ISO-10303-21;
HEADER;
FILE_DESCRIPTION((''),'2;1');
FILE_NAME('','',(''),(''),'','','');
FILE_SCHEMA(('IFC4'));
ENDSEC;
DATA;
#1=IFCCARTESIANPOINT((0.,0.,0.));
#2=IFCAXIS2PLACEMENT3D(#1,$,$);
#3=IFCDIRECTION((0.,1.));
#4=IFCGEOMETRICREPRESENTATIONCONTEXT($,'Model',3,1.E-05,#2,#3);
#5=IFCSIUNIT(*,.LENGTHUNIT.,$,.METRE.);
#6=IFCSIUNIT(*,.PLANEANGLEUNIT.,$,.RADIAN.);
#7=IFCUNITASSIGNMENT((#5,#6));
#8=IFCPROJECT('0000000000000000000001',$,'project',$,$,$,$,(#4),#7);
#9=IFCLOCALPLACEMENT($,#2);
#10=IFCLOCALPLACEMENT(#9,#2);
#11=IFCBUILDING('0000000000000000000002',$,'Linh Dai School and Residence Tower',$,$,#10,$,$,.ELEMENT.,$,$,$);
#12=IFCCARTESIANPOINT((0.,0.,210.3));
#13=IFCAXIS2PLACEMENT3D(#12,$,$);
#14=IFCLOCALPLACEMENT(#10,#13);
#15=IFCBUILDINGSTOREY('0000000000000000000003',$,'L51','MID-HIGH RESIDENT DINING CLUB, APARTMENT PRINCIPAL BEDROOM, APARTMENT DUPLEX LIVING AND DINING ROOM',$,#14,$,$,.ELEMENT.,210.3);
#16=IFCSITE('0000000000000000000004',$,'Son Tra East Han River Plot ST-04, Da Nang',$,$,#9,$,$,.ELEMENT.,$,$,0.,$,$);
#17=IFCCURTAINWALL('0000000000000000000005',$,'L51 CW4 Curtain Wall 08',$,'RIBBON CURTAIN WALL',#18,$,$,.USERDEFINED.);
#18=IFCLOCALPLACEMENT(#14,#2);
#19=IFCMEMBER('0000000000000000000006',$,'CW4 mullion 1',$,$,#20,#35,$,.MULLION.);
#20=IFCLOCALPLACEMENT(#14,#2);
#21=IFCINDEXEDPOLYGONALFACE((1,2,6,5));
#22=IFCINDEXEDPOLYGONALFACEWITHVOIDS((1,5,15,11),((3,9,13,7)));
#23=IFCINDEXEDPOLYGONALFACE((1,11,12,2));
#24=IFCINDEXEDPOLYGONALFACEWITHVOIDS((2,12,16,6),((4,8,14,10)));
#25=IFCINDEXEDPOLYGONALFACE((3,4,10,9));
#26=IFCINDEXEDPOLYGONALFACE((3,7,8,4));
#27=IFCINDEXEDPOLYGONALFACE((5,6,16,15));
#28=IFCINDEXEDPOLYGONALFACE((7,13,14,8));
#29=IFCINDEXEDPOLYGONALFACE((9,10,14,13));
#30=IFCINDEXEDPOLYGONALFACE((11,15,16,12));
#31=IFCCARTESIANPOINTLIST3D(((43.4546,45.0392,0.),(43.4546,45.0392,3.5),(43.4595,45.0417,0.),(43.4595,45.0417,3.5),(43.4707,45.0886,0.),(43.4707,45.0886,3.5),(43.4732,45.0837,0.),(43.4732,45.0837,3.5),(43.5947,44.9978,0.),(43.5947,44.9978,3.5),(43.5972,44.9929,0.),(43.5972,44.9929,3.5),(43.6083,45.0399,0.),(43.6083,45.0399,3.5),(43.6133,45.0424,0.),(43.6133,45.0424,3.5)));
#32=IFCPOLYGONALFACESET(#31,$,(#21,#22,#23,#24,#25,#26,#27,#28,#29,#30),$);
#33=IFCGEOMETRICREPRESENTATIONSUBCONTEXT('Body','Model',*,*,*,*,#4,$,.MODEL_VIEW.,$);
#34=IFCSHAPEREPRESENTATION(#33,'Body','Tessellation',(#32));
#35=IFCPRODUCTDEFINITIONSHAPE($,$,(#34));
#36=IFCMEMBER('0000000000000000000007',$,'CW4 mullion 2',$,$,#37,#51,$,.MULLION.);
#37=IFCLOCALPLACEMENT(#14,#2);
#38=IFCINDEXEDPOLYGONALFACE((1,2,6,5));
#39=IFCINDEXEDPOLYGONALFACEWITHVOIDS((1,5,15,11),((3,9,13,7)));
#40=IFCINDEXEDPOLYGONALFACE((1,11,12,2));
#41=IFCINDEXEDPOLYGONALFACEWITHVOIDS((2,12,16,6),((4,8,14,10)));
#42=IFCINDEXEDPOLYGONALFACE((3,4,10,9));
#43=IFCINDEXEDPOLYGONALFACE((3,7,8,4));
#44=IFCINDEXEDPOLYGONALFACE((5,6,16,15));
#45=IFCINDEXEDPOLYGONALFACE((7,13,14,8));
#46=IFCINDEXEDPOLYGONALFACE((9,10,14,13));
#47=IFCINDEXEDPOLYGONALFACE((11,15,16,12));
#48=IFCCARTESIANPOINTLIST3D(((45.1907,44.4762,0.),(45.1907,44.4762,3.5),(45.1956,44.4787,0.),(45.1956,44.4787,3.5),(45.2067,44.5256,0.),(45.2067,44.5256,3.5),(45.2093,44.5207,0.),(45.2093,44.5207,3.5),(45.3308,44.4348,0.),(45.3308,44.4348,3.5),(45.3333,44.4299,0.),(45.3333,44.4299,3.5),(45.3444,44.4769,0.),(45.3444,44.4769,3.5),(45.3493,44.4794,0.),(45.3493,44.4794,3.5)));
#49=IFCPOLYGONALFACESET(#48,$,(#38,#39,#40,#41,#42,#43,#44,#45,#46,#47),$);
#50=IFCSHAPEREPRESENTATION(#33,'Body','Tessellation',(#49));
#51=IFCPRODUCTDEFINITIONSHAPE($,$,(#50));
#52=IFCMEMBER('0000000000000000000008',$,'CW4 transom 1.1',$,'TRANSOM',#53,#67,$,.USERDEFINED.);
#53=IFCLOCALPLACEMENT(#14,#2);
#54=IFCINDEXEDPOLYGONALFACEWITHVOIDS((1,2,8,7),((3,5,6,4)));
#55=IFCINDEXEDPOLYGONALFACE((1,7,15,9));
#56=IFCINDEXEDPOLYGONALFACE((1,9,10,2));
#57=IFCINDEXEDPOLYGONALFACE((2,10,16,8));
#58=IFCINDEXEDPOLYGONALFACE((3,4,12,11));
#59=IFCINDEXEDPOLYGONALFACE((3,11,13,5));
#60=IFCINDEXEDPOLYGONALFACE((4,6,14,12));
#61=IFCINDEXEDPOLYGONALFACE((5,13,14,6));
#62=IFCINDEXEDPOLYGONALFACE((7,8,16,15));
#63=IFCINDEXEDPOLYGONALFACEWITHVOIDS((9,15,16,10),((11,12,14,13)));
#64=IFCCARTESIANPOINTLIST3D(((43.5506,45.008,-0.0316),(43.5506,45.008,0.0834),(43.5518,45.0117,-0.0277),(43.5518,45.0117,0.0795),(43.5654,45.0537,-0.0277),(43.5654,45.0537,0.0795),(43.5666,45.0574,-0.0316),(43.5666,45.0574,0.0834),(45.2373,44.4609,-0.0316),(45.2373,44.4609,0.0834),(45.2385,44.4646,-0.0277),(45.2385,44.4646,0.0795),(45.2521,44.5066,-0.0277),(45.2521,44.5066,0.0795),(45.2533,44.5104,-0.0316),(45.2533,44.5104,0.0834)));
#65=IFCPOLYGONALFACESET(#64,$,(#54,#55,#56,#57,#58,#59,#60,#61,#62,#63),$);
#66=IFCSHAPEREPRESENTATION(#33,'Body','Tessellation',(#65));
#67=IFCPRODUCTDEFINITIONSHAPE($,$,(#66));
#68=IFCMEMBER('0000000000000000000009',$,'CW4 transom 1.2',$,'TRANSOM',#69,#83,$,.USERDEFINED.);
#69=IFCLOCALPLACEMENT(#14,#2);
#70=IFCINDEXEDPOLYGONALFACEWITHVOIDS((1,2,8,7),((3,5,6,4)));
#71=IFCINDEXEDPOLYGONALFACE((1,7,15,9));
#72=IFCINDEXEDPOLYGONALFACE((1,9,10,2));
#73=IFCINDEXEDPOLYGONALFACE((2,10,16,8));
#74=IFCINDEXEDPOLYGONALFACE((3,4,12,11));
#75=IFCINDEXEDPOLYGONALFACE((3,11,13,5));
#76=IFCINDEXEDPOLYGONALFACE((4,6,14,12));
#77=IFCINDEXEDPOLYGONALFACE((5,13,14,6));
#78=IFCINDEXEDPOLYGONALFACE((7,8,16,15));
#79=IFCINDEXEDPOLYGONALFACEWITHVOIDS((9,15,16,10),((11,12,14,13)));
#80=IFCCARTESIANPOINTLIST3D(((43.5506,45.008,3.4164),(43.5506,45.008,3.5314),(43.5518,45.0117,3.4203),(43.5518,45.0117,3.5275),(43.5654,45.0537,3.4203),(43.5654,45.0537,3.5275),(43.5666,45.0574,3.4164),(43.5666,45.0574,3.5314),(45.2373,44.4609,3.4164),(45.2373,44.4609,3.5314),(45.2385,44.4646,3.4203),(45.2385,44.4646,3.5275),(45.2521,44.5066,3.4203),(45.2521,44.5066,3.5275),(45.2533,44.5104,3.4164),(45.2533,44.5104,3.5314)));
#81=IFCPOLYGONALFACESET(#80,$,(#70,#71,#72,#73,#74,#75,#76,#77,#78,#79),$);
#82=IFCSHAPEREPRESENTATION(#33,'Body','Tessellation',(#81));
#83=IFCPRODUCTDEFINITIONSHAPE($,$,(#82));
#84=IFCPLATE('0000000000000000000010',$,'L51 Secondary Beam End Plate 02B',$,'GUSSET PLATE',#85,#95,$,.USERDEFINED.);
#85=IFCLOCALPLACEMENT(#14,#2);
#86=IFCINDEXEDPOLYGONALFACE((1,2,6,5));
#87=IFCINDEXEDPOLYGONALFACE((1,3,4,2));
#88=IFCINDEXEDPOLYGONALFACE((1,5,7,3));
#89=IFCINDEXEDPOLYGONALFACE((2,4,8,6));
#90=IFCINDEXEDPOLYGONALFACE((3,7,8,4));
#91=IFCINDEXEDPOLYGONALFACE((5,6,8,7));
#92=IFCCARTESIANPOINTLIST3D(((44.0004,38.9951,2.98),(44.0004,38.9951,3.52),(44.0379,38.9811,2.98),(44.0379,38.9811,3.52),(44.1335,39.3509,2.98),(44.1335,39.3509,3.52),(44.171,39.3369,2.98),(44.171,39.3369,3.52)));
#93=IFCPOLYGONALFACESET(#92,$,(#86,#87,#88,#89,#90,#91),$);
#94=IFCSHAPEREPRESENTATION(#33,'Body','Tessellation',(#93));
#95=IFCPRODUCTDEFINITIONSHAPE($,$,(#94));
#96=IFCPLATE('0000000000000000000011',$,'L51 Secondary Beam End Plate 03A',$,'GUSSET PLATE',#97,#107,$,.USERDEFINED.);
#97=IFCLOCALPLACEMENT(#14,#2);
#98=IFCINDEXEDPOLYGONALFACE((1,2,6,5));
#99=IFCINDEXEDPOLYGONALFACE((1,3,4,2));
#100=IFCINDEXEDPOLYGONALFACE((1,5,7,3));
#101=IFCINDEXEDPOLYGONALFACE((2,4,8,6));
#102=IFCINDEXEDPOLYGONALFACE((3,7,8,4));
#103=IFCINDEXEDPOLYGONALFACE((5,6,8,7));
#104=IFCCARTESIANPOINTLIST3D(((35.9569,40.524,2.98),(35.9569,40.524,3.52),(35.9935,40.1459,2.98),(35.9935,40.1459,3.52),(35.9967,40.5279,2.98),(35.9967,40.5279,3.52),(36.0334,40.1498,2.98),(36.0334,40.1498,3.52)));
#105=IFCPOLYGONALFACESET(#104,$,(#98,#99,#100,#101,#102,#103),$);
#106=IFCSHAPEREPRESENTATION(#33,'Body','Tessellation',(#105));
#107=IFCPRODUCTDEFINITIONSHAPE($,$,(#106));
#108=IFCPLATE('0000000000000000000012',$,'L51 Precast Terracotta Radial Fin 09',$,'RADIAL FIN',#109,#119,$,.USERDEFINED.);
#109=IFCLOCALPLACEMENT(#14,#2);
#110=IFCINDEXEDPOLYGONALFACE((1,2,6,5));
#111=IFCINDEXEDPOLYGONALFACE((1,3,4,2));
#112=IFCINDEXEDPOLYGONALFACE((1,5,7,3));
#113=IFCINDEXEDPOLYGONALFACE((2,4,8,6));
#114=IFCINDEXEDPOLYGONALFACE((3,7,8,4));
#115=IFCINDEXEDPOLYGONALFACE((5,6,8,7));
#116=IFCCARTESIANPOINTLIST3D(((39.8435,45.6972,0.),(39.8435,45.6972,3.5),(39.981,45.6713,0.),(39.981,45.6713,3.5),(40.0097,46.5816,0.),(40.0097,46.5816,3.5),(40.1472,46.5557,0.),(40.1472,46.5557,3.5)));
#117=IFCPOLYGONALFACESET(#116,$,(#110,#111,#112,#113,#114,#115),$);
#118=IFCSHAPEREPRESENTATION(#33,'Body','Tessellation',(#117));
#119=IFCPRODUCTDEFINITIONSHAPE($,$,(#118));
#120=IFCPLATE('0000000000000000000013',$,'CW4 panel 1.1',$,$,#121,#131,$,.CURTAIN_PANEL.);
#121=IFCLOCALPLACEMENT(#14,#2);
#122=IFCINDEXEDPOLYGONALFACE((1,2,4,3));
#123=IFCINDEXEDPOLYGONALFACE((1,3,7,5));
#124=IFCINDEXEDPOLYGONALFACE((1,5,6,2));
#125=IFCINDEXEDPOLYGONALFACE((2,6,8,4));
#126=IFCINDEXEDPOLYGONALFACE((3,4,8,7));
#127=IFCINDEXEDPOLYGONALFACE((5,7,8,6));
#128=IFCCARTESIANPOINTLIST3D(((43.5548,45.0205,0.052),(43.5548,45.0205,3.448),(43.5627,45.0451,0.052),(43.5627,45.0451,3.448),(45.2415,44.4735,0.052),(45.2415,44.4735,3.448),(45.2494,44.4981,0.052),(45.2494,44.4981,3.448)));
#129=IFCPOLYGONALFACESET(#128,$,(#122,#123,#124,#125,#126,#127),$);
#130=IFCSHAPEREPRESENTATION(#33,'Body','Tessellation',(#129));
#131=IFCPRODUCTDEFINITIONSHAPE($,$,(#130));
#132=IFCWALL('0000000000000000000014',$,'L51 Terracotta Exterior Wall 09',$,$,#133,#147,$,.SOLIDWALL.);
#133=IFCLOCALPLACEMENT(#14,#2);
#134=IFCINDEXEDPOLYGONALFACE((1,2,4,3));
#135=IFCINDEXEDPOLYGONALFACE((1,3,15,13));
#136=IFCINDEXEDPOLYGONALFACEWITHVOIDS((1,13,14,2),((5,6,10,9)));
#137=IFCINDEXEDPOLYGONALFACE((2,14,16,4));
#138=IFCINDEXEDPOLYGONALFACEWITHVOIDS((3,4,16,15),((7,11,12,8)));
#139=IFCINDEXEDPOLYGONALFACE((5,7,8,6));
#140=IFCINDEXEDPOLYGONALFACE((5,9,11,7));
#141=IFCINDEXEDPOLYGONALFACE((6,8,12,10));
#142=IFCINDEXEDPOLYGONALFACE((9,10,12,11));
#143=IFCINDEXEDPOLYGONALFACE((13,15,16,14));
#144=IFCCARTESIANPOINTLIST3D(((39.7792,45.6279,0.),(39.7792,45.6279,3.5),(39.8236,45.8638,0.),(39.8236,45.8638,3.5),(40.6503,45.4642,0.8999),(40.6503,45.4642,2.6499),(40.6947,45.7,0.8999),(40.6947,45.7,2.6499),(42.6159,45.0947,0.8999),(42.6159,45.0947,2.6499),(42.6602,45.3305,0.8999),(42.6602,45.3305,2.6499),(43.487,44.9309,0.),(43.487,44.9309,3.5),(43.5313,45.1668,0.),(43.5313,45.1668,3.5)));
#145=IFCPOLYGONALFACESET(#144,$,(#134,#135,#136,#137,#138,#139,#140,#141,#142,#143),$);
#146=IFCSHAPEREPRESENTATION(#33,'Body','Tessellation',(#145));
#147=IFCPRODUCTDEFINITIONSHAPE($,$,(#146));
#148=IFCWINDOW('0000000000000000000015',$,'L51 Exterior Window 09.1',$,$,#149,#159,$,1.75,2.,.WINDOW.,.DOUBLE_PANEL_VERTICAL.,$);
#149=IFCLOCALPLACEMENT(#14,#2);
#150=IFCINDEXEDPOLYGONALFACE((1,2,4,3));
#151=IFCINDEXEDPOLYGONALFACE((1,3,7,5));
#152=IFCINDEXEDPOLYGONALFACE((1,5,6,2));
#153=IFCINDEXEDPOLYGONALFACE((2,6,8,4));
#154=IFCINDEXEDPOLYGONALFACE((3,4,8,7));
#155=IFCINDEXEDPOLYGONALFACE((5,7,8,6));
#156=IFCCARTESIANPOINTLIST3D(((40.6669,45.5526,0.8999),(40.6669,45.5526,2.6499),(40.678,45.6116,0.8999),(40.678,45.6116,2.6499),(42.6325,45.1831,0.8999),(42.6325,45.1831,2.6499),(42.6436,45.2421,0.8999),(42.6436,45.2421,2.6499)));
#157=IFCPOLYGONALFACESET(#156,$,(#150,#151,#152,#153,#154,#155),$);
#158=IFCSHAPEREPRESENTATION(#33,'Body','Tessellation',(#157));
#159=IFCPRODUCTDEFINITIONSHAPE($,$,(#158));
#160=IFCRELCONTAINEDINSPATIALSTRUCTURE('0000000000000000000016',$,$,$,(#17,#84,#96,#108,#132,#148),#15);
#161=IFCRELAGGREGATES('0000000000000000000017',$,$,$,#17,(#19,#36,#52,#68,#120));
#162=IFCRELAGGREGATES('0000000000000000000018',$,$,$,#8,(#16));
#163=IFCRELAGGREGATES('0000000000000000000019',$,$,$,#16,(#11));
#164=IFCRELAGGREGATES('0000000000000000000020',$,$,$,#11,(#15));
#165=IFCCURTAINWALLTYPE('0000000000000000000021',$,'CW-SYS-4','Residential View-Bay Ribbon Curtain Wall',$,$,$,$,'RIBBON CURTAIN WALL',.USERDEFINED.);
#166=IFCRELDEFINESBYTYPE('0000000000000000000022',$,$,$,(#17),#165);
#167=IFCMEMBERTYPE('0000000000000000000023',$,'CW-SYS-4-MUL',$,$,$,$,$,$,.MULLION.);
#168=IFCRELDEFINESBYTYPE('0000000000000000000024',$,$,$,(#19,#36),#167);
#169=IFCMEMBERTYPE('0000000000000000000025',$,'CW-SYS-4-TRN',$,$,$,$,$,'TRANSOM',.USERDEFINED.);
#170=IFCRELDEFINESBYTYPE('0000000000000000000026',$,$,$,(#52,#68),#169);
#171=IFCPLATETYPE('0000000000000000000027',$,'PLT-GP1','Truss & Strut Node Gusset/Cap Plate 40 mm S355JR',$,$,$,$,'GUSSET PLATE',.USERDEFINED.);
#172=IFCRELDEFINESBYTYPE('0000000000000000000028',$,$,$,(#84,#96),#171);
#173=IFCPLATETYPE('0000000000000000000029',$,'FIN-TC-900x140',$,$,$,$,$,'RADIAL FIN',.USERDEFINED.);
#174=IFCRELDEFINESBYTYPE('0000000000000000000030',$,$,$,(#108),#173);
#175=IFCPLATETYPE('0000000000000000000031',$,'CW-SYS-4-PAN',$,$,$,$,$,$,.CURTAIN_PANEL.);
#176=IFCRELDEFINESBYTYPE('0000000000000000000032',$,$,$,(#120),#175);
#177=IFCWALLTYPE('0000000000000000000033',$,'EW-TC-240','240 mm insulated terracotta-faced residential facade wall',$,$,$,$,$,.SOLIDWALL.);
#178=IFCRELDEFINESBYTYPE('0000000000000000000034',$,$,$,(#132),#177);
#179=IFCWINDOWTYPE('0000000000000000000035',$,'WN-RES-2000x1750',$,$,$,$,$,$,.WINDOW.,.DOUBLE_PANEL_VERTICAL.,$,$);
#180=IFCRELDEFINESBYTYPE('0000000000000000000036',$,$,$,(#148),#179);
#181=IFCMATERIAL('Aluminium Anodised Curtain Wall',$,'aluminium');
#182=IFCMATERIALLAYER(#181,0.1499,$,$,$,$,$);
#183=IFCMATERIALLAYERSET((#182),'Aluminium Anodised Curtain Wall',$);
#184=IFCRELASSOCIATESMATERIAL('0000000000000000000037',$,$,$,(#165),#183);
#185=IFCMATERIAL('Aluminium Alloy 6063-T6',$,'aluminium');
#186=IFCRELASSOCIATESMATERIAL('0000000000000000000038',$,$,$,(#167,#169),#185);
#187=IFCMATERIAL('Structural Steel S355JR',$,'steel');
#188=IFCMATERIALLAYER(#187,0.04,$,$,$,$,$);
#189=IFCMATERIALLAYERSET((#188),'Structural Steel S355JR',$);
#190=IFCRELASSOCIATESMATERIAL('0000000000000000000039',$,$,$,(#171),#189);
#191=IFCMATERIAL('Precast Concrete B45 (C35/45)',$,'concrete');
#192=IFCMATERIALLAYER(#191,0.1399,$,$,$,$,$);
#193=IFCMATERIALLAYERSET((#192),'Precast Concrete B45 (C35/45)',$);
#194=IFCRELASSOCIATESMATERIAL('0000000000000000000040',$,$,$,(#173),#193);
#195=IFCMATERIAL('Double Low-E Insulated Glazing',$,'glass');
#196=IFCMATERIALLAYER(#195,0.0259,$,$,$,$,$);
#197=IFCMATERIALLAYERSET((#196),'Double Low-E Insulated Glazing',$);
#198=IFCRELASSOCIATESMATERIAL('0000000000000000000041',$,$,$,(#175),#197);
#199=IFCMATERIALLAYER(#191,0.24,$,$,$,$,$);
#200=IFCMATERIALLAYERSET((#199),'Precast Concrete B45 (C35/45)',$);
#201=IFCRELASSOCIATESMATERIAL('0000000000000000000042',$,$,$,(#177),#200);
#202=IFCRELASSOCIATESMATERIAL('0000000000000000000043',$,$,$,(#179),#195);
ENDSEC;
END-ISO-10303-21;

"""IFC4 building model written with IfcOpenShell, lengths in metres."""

from ifc_helpers import new_model, si_unit, direction, frame, frame_2d, origin, origin_2d, place, context, subcontext, project, spatial, rectangle, hollow_rectangle, extrude, source, transform, mapped, material, layer, layer_set, material_profile, profile_set, type_object, element, fill, aggregate, save


model = new_model("IFC4")

# Units and contexts
model_context = context("Model", 3, precision=1e-05, world=origin(), true_north=direction((0.0, 1.0)))
body_context = subcontext(model_context, "Body", "Model", "MODEL_VIEW")
ifc_project = project(units=[si_unit("LENGTHUNIT", "METRE"), si_unit("PLANEANGLEUNIT", "RADIAN")], contexts=[model_context])

# Site, building, storey
site_placement = place(None, origin())
site = spatial("IfcSite", under=ifc_project, at=site_placement, Name="Son Tra East Han River Plot ST-04, Da Nang", CompositionType="ELEMENT", RefElevation=0.0)
building_placement = place(site_placement, origin())
building = spatial("IfcBuilding", under=site, at=building_placement, Name="Linh Dai School and Residence Tower", CompositionType="ELEMENT")
storey_placement = place(building_placement, frame((0.0, 0.0, 210.3)))
storey = spatial("IfcBuildingStorey", under=building, at=storey_placement, Name="L51", Description="MID-HIGH RESIDENT DINING CLUB, APARTMENT PRINCIPAL BEDROOM, APARTMENT DUPLEX LIVING AND DINING ROOM", CompositionType="ELEMENT", Elevation=210.3)

# Shared definitions
ifc_material_1 = material(Name="Structural Steel S355JR", Category="steel")

# Curtain wall, members
ifc_material_2 = material(Name="Aluminium Anodised Curtain Wall", Category="aluminium")
ifc_layer_1 = layer(ifc_material_2, 0.1499)
ifc_layer_set_1 = layer_set([ifc_layer_1], Name="Aluminium Anodised Curtain Wall")
curtain_wall_type = type_object("IfcCurtainWallType", Name="CW-SYS-4", Description="Residential View-Bay Ribbon Curtain Wall", ElementType="RIBBON CURTAIN WALL", PredefinedType="USERDEFINED", material=ifc_layer_set_1)
curtain_wall_placement = place(storey_placement, origin())
curtain_wall = element("IfcCurtainWall", 1, at=curtain_wall_placement, inside=storey, type_object=curtain_wall_type, Name="L51 CW4 Curtain Wall 08", ObjectType="RIBBON CURTAIN WALL", PredefinedType="USERDEFINED")
ifc_material_3 = material(Name="Aluminium Alloy 6063-T6", Category="aluminium")
ifc_material_profile_1 = material_profile(ifc_material_3, hollow_rectangle(XDim=0.052, YDim=0.1499, WallThickness=0.0039, at=origin_2d()), Name="RHS 150x52x4")
ifc_profile_set_1 = profile_set([ifc_material_profile_1], Name="Aluminium Alloy 6063-T6")
member_type_1 = type_object("IfcMemberType", Name="CW-SYS-4-MUL", PredefinedType="MULLION", material=ifc_profile_set_1)
shared_shape_1 = source(origin(), body_context, "Body", "SweptSolid", [
    extrude(hollow_rectangle(XDim=0.052, YDim=0.1499, WallThickness=0.0039, at=origin_2d()), origin(), (0.0, 0.0, 1.0), 3.5),
])
member_1_placement = place(storey_placement, frame((43.5339, 45.0408, 0.0), z_axis=(0.0, 0.0, 1.0), x_axis=(0.308501, 0.951224, 0.0)))
member_1 = element("IfcMember", 2, at=member_1_placement, type_object=member_type_1, Name="CW4 mullion 1", PredefinedType="MULLION", context=body_context, shape_type="MappedRepresentation", body=[
    mapped(shared_shape_1, transform((0.0, 0.0, 0.0), x_axis=(1.0, 0.0, 0.0), y_axis=(0.0, 1.0, 0.0), z_axis=(0.0, 0.0, 1.0), scale=1.0)),
])
member_2_placement = place(storey_placement, frame((45.27, 44.4778, 0.0), z_axis=(0.0, 0.0, 1.0), x_axis=(0.308501, 0.951224, 0.0)))
member_2 = element("IfcMember", 3, at=member_2_placement, type_object=member_type_1, Name="CW4 mullion 2", PredefinedType="MULLION", context=body_context, shape_type="MappedRepresentation", body=[
    mapped(shared_shape_1, transform((0.0, 0.0, 0.0), x_axis=(1.0, 0.0, 0.0), y_axis=(0.0, 1.0, 0.0), z_axis=(0.0, 0.0, 1.0), scale=1.0)),
])
ifc_material_profile_2 = material_profile(ifc_material_3, hollow_rectangle(XDim=0.052, YDim=0.115, WallThickness=0.0039, at=origin_2d()), Name="RHS 115x52x4")
ifc_profile_set_2 = profile_set([ifc_material_profile_2], Name="Aluminium Alloy 6063-T6")
member_type_2 = type_object("IfcMemberType", Name="CW-SYS-4-TRN", ElementType="TRANSOM", PredefinedType="USERDEFINED", material=ifc_profile_set_2)
shared_shape_2 = source(origin(), body_context, "Body", "SweptSolid", [
    extrude(hollow_rectangle(XDim=0.052, YDim=0.115, WallThickness=0.0039, at=origin_2d()), origin(), (0.0, 0.0, 1.0), 1.7732),
])
member_3_placement = place(storey_placement, frame((43.5586, 45.0327, 0.0259), z_axis=(0.951213, -0.308535, 0.0), x_axis=(0.308535, 0.951213, 0.0)))
member_3 = element("IfcMember", 4, at=member_3_placement, type_object=member_type_2, Name="CW4 transom 1.1", ObjectType="TRANSOM", PredefinedType="USERDEFINED", context=body_context, shape_type="MappedRepresentation", body=[
    mapped(shared_shape_2, transform((0.0, 0.0, 0.0), x_axis=(1.0, 0.0, 0.0), y_axis=(0.0, 1.0, 0.0), z_axis=(0.0, 0.0, 1.0), scale=1.0)),
])
member_4_placement = place(storey_placement, frame((43.5586, 45.0327, 3.4739), z_axis=(0.951213, -0.308535, 0.0), x_axis=(0.308535, 0.951213, 0.0)))
member_4 = element("IfcMember", 5, at=member_4_placement, type_object=member_type_2, Name="CW4 transom 1.2", ObjectType="TRANSOM", PredefinedType="USERDEFINED", context=body_context, shape_type="MappedRepresentation", body=[
    mapped(shared_shape_2, transform((0.0, 0.0, 0.0), x_axis=(1.0, 0.0, 0.0), y_axis=(0.0, 1.0, 0.0), z_axis=(0.0, 0.0, 1.0), scale=1.0)),
])

# Plates
ifc_layer_2 = layer(ifc_material_1, 0.04)
ifc_layer_set_2 = layer_set([ifc_layer_2], Name="Structural Steel S355JR")
plate_type_1 = type_object("IfcPlateType", Name="PLT-GP1", Description="Truss & Strut Node Gusset/Cap Plate 40 mm S355JR", ElementType="GUSSET PLATE", PredefinedType="USERDEFINED", material=ifc_layer_set_2)
shared_shape_3 = source(origin(), body_context, "Body", "SweptSolid", [
    extrude(rectangle(XDim=0.04, YDim=0.3799, at=origin_2d()), origin(), (0.0, 0.0, 1.0), 0.54),
])
for number, where, z_axis, x_axis, name in (
    (6, (44.0857, 39.166, 2.98), (0.0, 0.0, 1.0), (-0.936534, 0.350577, 0.0), "L51 Secondary Beam End Plate 02B"),
    (7, (35.9951, 40.3369, 2.98), (0.0, 0.0, 1.0), (-0.995333, -0.096497, 0.0), "L51 Secondary Beam End Plate 03A"),
):
    element("IfcPlate", number, at=place(storey_placement, frame(where, z_axis=z_axis, x_axis=x_axis)), inside=storey, type_object=plate_type_1, Name=name, ObjectType="GUSSET PLATE", PredefinedType="USERDEFINED", context=body_context, shape_type="MappedRepresentation", body=[
        mapped(shared_shape_3, transform((0.0, 0.0, 0.0), x_axis=(1.0, 0.0, 0.0), y_axis=(0.0, 1.0, 0.0), z_axis=(0.0, 0.0, 1.0), scale=1.0)),
    ])
ifc_material_4 = material(Name="Precast Concrete B45 (C35/45)", Category="concrete")
ifc_layer_3 = layer(ifc_material_4, 0.1399)
ifc_layer_set_3 = layer_set([ifc_layer_3], Name="Precast Concrete B45 (C35/45)")
plate_type_2 = type_object("IfcPlateType", Name="FIN-TC-900x140", ElementType="RADIAL FIN", PredefinedType="USERDEFINED", material=ifc_layer_set_3)
shared_shape_4 = source(origin(), body_context, "Body", "SweptSolid", [
    extrude(rectangle(XDim=0.8999, YDim=0.1399, at=origin_2d()), origin(), (0.0, 0.0, 1.0), 3.5),
])
plate_1_placement = place(storey_placement, frame((39.9954, 46.1265, 0.0), z_axis=(0.0, 0.0, 1.0), x_axis=(0.184744, 0.982787, 0.0)))
element("IfcPlate", 8, at=plate_1_placement, inside=storey, type_object=plate_type_2, Name="L51 Precast Terracotta Radial Fin 09", ObjectType="RADIAL FIN", PredefinedType="USERDEFINED", context=body_context, shape_type="MappedRepresentation", body=[
    mapped(shared_shape_4, transform((0.0, 0.0, 0.0), x_axis=(1.0, 0.0, 0.0), y_axis=(0.0, 1.0, 0.0), z_axis=(0.0, 0.0, 1.0), scale=1.0)),
])

# Plate
ifc_material_5 = material(Name="Double Low-E Insulated Glazing", Category="glass")
ifc_layer_4 = layer(ifc_material_5, 0.0259)
ifc_layer_set_4 = layer_set([ifc_layer_4], Name="Double Low-E Insulated Glazing")
plate_type_3 = type_object("IfcPlateType", Name="CW-SYS-4-PAN", PredefinedType="CURTAIN_PANEL", material=ifc_layer_set_4)
shared_shape_5 = source(origin(), body_context, "Body", "SweptSolid", [
    extrude(rectangle(XDim=1.7732, YDim=0.0259, at=origin_2d()), origin(), (0.0, 0.0, 1.0), 3.396),
])
plate_2_placement = place(storey_placement, frame((44.4021, 44.7593, 0.052), z_axis=(0.0, 0.0, 1.0), x_axis=(0.951224, -0.308501, 0.0)))
plate_2 = element("IfcPlate", 9, at=plate_2_placement, type_object=plate_type_3, Name="CW4 panel 1.1", PredefinedType="CURTAIN_PANEL", context=body_context, shape_type="MappedRepresentation", body=[
    mapped(shared_shape_5, transform((0.0, 0.0, 0.0), x_axis=(1.0, 0.0, 0.0), y_axis=(0.0, 1.0, 0.0), z_axis=(0.0, 0.0, 1.0), scale=1.0)),
])
aggregate(curtain_wall, [member_1, member_2, member_3, member_4, plate_2])

# Wall, opening, window
ifc_layer_5 = layer(ifc_material_4, 0.24)
ifc_layer_set_5 = layer_set([ifc_layer_5], Name="Precast Concrete B45 (C35/45)")
wall_type = type_object("IfcWallType", Name="EW-TC-240", Description="240 mm insulated terracotta-faced residential facade wall", PredefinedType="SOLIDWALL", material=ifc_layer_set_5)
wall_1_placement = place(storey_placement, frame((39.8015, 45.7458, 0.0), z_axis=(0.0, 0.0, 1.0), x_axis=(0.982785, -0.184753, 0.0)))
wall_1 = element("IfcWall", 10, at=wall_1_placement, inside=storey, type_object=wall_type, Name="L51 Terracotta Exterior Wall 09", PredefinedType="SOLIDWALL", context=body_context, shape_type="SweptSolid", body=[
    extrude(rectangle(XDim=3.7727, YDim=0.24, at=frame_2d((1.8862, 0.0))), origin(), (0.0, 0.0, 1.0), 3.5),
])
opening_1_placement = place(wall_1_placement, frame((0.8862, 0.0, 0.8999)))
opening_1 = element("IfcOpeningElement", 11, at=opening_1_placement, cuts=wall_1, PredefinedType="OPENING", context=body_context, shape_type="SweptSolid", body=[
    extrude(rectangle(XDim=2.0, YDim=1.75, at=origin_2d()), frame((1.0, 0.1299, 0.875), z_axis=(0.0, -1.0, 0.0), x_axis=(1.0, 0.0, 0.0)), (0.0, 0.0, 1.0), 0.26),
])
window_type = type_object("IfcWindowType", Name="WN-RES-2000x1750", PartitioningType="DOUBLE_PANEL_VERTICAL", PredefinedType="WINDOW", material=ifc_material_5)
shared_shape_6 = source(origin(), body_context, "Body", "SweptSolid", [
    extrude(rectangle(XDim=2.0, YDim=1.75, at=origin_2d()), frame((1.0, 0.03, 0.875), z_axis=(0.0, -1.0, 0.0), x_axis=(1.0, 0.0, 0.0)), (0.0, 0.0, 1.0), 0.0601),
])
window_1_placement = place(opening_1_placement, origin())
window_1 = element("IfcWindow", 12, at=window_1_placement, inside=storey, type_object=window_type, Name="L51 Exterior Window 09.1", OverallHeight=1.75, OverallWidth=2.0, PartitioningType="DOUBLE_PANEL_VERTICAL", PredefinedType="WINDOW", context=body_context, shape_type="MappedRepresentation", body=[
    mapped(shared_shape_6, transform((0.0, 0.0, 0.0), x_axis=(1.0, 0.0, 0.0), y_axis=(0.0, 1.0, 0.0), z_axis=(0.0, 0.0, 1.0), scale=1.0)),
])
fill(opening_1, window_1)

save(model, "model.ifc")
